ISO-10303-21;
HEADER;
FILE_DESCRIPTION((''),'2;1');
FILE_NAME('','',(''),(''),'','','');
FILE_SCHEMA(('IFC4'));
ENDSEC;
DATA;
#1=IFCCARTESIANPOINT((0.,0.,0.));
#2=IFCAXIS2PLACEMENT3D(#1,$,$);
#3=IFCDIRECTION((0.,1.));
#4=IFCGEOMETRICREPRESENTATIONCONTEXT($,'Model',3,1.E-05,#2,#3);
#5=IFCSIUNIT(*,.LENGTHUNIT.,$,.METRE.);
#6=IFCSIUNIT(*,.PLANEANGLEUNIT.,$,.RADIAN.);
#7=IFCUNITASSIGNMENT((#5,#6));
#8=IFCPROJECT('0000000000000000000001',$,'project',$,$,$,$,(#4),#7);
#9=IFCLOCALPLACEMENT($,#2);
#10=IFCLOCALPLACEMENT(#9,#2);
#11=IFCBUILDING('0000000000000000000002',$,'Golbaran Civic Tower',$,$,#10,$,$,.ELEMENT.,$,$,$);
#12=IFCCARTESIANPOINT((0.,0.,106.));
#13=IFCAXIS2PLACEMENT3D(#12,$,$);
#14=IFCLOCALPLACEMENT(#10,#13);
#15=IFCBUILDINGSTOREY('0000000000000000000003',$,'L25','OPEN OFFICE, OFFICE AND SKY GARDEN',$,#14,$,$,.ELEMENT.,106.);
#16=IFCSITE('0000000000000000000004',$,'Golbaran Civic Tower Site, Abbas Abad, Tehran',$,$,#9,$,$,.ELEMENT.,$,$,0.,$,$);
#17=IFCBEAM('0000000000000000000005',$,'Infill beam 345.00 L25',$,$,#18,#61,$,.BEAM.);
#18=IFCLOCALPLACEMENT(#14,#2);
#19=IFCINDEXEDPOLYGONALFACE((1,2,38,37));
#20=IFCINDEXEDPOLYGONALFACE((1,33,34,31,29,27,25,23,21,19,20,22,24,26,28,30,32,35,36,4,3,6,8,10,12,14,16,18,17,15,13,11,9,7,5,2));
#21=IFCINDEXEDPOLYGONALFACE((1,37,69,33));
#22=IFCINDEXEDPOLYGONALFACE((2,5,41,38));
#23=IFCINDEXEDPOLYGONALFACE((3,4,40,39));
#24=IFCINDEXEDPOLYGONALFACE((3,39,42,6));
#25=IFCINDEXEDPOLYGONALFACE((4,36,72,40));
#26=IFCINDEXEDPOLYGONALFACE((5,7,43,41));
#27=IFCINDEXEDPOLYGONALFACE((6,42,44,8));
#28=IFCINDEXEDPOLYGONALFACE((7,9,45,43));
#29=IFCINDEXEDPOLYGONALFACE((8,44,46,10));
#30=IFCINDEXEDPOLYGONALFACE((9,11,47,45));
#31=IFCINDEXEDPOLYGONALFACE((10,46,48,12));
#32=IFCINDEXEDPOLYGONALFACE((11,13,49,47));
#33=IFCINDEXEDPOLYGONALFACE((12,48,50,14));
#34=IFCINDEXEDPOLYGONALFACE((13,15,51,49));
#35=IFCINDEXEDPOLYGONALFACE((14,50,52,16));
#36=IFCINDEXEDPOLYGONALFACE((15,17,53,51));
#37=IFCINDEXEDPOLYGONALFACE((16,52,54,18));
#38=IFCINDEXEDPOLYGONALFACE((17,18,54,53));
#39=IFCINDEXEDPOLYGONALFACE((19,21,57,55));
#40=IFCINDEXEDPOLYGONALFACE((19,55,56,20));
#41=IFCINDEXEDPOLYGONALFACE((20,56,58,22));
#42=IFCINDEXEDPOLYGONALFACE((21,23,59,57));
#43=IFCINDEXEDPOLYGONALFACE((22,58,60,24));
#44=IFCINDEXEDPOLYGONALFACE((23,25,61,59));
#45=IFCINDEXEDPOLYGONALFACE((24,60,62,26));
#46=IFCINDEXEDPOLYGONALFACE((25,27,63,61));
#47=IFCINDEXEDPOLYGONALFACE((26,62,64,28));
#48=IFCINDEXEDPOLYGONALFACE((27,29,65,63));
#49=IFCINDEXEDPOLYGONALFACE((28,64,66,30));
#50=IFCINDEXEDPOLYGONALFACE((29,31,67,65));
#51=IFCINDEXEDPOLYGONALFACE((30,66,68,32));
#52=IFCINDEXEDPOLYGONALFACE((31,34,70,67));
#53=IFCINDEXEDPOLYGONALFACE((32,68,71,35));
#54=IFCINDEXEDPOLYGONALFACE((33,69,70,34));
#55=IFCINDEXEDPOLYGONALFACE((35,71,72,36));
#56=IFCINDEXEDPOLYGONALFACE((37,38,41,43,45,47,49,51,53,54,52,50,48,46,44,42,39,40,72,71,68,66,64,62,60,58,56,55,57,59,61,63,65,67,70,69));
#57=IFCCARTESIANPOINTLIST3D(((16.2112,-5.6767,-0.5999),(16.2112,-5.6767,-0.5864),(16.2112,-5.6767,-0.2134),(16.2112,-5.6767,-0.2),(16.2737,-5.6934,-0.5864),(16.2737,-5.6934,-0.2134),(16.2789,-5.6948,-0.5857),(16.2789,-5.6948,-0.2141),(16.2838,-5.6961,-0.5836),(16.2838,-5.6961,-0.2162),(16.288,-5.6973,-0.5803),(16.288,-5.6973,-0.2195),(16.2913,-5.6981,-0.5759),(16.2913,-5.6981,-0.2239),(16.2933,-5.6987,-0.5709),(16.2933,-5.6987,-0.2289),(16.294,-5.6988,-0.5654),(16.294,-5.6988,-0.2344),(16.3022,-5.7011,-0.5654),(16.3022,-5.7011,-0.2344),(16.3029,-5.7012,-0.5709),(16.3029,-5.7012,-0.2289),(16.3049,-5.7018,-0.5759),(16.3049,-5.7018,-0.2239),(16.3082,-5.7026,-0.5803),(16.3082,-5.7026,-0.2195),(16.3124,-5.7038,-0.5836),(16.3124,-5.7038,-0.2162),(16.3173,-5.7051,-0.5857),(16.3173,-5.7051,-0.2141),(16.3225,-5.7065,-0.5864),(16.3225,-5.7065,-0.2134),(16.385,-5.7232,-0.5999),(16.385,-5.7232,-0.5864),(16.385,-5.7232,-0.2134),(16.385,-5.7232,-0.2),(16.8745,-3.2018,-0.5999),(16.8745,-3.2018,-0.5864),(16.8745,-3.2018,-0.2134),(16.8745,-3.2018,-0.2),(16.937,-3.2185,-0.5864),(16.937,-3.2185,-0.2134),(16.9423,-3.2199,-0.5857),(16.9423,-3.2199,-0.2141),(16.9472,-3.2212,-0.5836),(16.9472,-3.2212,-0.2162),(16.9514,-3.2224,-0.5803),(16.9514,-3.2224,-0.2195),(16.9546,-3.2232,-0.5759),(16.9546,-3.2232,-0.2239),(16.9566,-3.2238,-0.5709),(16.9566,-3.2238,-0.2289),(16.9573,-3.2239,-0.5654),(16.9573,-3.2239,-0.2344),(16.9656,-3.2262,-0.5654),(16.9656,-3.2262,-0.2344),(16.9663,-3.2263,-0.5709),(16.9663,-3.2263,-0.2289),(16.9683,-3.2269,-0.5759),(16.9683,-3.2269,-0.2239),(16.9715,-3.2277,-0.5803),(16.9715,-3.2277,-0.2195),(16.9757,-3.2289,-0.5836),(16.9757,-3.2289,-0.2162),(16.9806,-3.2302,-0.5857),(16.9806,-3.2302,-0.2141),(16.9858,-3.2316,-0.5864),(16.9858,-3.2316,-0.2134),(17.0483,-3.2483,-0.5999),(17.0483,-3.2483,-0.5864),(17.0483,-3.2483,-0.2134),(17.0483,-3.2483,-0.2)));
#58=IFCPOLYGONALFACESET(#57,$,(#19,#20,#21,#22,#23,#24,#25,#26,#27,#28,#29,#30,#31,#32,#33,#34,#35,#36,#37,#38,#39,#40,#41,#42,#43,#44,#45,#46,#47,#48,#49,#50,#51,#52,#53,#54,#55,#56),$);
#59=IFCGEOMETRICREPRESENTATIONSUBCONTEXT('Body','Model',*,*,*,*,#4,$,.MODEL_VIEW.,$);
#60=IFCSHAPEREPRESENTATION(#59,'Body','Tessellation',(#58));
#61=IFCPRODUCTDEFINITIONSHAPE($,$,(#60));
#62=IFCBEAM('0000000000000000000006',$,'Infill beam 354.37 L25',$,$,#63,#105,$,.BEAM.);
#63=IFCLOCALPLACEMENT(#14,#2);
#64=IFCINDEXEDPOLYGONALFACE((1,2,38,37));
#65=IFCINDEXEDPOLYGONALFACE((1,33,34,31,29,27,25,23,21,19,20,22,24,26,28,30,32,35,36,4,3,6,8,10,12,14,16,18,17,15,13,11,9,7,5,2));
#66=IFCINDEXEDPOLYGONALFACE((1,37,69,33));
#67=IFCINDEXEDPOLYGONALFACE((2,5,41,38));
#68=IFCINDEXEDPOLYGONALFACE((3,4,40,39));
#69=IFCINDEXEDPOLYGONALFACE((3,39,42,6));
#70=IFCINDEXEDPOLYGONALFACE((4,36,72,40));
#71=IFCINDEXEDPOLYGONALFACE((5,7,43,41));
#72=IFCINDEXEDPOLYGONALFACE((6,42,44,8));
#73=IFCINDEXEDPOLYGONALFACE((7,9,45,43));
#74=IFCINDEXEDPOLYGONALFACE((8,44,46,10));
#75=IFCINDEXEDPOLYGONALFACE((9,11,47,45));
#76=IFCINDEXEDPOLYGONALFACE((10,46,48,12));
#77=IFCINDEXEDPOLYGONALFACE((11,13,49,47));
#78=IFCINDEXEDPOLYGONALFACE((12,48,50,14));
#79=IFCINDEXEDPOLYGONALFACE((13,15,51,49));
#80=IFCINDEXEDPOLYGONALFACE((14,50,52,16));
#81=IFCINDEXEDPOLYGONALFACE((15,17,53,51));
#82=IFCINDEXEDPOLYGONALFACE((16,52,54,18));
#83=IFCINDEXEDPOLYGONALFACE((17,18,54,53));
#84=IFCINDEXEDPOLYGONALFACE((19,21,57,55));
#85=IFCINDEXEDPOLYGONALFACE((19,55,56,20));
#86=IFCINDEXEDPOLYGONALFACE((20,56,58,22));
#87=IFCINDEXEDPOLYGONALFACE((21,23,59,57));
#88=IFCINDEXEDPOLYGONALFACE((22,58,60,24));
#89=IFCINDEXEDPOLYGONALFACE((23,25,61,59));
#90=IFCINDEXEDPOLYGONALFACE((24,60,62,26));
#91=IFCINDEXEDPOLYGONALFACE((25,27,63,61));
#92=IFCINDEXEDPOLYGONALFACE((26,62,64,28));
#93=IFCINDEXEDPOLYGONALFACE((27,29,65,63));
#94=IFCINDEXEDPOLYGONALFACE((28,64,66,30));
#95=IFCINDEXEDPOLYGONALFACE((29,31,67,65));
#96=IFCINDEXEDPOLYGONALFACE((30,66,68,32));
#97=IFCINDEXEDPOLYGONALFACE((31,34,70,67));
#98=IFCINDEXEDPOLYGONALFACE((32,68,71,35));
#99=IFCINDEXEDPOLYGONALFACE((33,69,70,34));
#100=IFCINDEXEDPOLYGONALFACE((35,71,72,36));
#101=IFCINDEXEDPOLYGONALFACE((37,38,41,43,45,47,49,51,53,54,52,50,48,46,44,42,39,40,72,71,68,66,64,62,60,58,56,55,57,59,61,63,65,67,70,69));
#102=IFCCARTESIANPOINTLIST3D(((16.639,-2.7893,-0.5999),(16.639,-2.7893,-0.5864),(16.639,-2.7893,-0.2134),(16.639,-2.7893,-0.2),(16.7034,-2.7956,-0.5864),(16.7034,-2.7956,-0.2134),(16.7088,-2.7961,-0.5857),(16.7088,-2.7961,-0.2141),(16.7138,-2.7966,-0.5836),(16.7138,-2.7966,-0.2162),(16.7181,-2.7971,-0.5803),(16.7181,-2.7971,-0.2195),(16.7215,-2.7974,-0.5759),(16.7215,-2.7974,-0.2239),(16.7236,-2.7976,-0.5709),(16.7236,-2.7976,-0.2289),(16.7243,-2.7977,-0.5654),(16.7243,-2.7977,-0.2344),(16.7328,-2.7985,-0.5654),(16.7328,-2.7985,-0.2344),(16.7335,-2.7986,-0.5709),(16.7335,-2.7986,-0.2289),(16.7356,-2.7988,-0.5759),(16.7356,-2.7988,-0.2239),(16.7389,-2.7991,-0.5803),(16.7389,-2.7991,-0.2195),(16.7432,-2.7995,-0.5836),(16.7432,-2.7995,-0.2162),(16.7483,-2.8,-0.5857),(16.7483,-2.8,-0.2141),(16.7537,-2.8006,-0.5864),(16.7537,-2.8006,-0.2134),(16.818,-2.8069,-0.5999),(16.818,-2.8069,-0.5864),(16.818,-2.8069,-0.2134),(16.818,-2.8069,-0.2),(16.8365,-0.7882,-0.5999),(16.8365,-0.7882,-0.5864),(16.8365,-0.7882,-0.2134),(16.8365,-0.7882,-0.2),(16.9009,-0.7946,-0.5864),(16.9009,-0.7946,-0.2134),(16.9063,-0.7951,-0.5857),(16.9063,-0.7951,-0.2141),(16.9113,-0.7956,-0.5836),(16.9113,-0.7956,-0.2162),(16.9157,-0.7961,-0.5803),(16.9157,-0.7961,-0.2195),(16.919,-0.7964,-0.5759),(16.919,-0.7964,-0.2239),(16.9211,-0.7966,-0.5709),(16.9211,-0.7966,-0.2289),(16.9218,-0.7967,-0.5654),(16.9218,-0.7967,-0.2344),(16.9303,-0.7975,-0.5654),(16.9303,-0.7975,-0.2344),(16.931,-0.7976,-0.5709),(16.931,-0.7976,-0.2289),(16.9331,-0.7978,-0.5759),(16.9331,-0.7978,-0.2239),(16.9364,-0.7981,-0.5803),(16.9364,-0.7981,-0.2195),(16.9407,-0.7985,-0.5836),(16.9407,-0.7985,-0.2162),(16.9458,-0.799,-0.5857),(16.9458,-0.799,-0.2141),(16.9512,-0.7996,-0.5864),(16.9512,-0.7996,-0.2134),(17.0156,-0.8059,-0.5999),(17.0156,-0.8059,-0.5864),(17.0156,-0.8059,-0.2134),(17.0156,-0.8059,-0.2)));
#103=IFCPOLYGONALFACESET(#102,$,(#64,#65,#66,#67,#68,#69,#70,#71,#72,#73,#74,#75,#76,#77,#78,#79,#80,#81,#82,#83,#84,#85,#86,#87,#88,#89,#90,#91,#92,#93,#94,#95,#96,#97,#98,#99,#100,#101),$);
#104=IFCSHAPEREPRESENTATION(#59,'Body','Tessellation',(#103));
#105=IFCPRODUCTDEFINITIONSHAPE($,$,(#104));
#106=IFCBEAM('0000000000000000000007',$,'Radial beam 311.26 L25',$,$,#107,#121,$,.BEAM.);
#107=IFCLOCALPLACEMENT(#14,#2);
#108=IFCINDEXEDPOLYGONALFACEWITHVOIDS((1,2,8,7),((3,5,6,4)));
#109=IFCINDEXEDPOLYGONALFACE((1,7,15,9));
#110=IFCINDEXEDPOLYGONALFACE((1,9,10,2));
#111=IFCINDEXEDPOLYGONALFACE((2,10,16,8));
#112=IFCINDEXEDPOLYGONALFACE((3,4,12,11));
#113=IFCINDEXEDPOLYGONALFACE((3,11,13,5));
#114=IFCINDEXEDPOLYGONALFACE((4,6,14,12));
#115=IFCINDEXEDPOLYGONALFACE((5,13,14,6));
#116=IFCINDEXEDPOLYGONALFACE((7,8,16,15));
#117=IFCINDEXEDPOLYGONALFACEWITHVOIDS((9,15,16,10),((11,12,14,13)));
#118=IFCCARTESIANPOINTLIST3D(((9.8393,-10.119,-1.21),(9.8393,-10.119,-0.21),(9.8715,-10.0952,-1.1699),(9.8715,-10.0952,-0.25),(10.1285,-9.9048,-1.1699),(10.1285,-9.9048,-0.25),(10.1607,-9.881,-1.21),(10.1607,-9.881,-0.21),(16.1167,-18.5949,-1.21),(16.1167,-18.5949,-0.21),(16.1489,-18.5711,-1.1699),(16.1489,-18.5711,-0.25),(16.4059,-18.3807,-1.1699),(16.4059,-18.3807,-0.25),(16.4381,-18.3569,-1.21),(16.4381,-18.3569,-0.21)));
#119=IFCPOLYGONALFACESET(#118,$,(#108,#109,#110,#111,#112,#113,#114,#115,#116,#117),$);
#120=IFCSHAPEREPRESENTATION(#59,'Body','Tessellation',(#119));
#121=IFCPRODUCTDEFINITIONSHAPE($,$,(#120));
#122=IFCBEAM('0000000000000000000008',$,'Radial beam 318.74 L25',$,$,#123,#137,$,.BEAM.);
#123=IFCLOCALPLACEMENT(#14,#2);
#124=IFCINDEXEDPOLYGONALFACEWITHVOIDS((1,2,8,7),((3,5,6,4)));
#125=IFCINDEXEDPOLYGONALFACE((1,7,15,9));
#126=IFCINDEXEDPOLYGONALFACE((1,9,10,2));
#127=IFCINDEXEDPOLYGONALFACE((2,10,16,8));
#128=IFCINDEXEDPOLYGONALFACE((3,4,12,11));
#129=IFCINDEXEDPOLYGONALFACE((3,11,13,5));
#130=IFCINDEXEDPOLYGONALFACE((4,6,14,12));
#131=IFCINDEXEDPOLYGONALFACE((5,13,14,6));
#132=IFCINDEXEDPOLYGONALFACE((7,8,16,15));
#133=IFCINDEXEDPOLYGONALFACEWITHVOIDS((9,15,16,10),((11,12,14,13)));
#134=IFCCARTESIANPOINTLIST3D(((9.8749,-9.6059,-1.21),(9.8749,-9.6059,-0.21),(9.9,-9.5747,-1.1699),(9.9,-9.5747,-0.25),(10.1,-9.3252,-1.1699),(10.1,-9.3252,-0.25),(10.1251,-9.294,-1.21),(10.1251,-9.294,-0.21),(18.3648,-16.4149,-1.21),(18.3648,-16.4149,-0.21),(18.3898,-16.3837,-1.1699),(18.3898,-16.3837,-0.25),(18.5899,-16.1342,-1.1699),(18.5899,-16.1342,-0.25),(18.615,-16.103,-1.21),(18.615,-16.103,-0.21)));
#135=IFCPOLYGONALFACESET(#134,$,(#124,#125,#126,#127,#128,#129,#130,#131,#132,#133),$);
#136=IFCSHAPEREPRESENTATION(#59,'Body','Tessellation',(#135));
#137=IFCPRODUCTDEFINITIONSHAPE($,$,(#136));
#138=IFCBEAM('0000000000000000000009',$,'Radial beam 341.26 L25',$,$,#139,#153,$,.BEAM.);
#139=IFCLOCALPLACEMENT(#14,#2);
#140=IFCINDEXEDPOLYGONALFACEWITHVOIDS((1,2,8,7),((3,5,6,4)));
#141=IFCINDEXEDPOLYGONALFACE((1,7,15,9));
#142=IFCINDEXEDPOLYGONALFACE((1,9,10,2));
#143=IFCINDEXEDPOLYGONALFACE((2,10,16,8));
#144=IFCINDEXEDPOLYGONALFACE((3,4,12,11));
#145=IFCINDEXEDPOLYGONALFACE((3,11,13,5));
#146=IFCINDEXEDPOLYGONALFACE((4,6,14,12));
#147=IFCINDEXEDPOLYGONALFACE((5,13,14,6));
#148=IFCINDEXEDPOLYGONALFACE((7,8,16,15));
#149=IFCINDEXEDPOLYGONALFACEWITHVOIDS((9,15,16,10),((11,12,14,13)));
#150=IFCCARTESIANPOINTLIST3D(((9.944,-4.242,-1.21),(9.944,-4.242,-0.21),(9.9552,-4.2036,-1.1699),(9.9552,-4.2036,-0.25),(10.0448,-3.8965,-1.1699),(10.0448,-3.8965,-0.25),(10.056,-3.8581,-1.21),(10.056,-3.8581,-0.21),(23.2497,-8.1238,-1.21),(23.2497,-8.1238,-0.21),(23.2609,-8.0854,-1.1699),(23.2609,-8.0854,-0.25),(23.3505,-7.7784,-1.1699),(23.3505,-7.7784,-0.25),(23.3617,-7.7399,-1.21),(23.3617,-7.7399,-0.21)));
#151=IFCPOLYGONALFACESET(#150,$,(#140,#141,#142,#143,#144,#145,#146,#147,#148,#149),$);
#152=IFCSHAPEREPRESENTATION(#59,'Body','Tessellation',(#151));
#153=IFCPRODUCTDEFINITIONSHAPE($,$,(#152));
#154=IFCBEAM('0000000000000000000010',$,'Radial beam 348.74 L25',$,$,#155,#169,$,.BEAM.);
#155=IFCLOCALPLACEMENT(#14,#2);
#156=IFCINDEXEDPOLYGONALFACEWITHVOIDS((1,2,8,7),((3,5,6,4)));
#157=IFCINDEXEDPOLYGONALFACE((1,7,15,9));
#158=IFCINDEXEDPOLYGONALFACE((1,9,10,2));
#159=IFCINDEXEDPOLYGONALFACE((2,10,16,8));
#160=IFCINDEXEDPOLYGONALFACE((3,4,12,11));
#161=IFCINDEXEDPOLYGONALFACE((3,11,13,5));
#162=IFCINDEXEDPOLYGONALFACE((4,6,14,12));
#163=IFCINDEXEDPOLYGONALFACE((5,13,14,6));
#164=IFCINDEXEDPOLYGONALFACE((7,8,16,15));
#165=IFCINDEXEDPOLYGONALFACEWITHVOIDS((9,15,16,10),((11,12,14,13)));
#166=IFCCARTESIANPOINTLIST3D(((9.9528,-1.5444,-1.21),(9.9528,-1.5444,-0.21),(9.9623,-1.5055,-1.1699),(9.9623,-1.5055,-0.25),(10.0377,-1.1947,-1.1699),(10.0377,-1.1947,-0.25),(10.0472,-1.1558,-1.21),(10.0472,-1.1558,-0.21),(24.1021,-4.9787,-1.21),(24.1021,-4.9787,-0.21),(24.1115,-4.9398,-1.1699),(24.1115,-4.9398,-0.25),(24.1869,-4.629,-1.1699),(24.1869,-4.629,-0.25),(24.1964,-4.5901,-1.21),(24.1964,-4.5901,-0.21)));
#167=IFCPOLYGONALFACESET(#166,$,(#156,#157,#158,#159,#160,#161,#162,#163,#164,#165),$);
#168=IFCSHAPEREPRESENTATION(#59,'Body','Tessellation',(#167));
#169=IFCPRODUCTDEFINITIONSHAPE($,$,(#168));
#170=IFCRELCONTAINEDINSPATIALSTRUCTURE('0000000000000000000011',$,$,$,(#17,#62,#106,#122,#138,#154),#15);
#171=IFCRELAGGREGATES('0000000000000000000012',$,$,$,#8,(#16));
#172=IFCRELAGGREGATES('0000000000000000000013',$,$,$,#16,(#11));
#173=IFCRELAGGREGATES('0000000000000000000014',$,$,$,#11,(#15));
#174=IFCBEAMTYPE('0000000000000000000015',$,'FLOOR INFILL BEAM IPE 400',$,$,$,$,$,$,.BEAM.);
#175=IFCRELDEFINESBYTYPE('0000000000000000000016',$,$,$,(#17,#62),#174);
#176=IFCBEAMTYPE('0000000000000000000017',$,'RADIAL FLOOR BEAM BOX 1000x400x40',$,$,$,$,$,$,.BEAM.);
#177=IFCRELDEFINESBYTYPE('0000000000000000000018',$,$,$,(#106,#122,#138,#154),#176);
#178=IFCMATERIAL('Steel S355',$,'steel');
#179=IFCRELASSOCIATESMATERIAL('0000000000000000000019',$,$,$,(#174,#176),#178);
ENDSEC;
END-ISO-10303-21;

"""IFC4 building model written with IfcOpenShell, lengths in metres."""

from ifc_helpers import new_model, si_unit, direction, frame, origin, origin_2d, place, context, subcontext, project, spatial, hollow_rectangle, i_section, extrude, material, material_profile, profile_set, type_object, element, save


model = new_model("IFC4")

# Units and contexts
model_context = context("Model", 3, precision=1e-05, world=origin(), true_north=direction((0.0, 1.0)))
body_context = subcontext(model_context, "Body", "Model", "MODEL_VIEW")
ifc_project = project(units=[si_unit("LENGTHUNIT", "METRE"), si_unit("PLANEANGLEUNIT", "RADIAN")], contexts=[model_context])

# Site, building, storey
site_placement = place(None, origin())
site = spatial("IfcSite", under=ifc_project, at=site_placement, Name="Golbaran Civic Tower Site, Abbas Abad, Tehran", CompositionType="ELEMENT", RefElevation=0.0)
building_placement = place(site_placement, origin())
building = spatial("IfcBuilding", under=site, at=building_placement, Name="Golbaran Civic Tower", CompositionType="ELEMENT")
storey_placement = place(building_placement, frame((0.0, 0.0, 106.0)))
storey = spatial("IfcBuildingStorey", under=building, at=storey_placement, Name="L25", Description="OPEN OFFICE, OFFICE AND SKY GARDEN", CompositionType="ELEMENT", Elevation=106.0)

# Beams
ifc_material_1 = material(Name="Steel S355", Category="steel")
ifc_material_profile_1 = material_profile(ifc_material_1, i_section(OverallWidth=0.1799, OverallDepth=0.3999, WebThickness=0.0085, FlangeThickness=0.0134, FilletRadius=0.021, at=origin_2d()), Name="IPE 400")
ifc_profile_set_1 = profile_set([ifc_material_profile_1], Name="Steel S355")
beam_type_1 = type_object("IfcBeamType", Name="FLOOR INFILL BEAM IPE 400", PredefinedType="BEAM", material=ifc_profile_set_1)
beam_1_placement = place(storey_placement, frame((16.2981, -5.7, -0.3999), z_axis=(0.25889, 0.965907, 0.0), x_axis=(-0.965907, 0.25889, 0.0)))
element("IfcBeam", 1, at=beam_1_placement, inside=storey, type_object=beam_type_1, Name="Infill beam 345.00 L25", PredefinedType="BEAM", context=body_context, shape_type="SweptSolid", body=[
    extrude(i_section(OverallWidth=0.1799, OverallDepth=0.3999, WebThickness=0.0085, FlangeThickness=0.0134, FilletRadius=0.021, at=origin_2d()), origin(), (0.0, 0.0, 1.0), 2.5623),
])
beam_2_placement = place(storey_placement, frame((16.7285, -2.7981, -0.3999), z_axis=(0.098229, 0.995164, 0.0), x_axis=(-0.995164, 0.098229, 0.0)))
element("IfcBeam", 2, at=beam_2_placement, inside=storey, type_object=beam_type_1, Name="Infill beam 354.37 L25", PredefinedType="BEAM", context=body_context, shape_type="SweptSolid", body=[
    extrude(i_section(OverallWidth=0.1799, OverallDepth=0.3999, WebThickness=0.0085, FlangeThickness=0.0134, FilletRadius=0.021, at=origin_2d()), origin(), (0.0, 0.0, 1.0), 2.0107),
])
ifc_material_profile_2 = material_profile(ifc_material_1, hollow_rectangle(XDim=0.3999, YDim=1.0, WallThickness=0.04, at=origin_2d()), Name="BOX 1000x400x40")
ifc_profile_set_2 = profile_set([ifc_material_profile_2], Name="Steel S355")
beam_type_2 = type_object("IfcBeamType", Name="RADIAL FLOOR BEAM BOX 1000x400x40", PredefinedType="BEAM", material=ifc_profile_set_2)
beam_3_placement = place(storey_placement, frame((10.0, -10.0, -0.71), z_axis=(0.595163, -0.803605, 0.0), x_axis=(0.803605, 0.595163, 0.0)))
element("IfcBeam", 3, at=beam_3_placement, inside=storey, type_object=beam_type_2, Name="Radial beam 311.26 L25", PredefinedType="BEAM", context=body_context, shape_type="SweptSolid", body=[
    extrude(hollow_rectangle(XDim=0.3999, YDim=1.0, WallThickness=0.04, at=origin_2d()), origin(), (0.0, 0.0, 1.0), 10.5474),
])
beam_4_placement = place(storey_placement, frame((10.0, -9.45, -0.71), z_axis=(0.780102, -0.625652, 0.0), x_axis=(0.625652, 0.780102, 0.0)))
element("IfcBeam", 4, at=beam_4_placement, inside=storey, type_object=beam_type_2, Name="Radial beam 318.74 L25", PredefinedType="BEAM", context=body_context, shape_type="SweptSolid", body=[
    extrude(hollow_rectangle(XDim=0.3999, YDim=1.0, WallThickness=0.04, at=origin_2d()), origin(), (0.0, 0.0, 1.0), 10.8831),
])
beam_5_placement = place(storey_placement, frame((10.0, -4.05, -0.71), z_axis=(0.95998, -0.280068, 0.0), x_axis=(0.280068, 0.95998, 0.0)))
element("IfcBeam", 5, at=beam_5_placement, inside=storey, type_object=beam_type_2, Name="Radial beam 341.26 L25", PredefinedType="BEAM", context=body_context, shape_type="SweptSolid", body=[
    extrude(hollow_rectangle(XDim=0.3999, YDim=1.0, WallThickness=0.04, at=origin_2d()), origin(), (0.0, 0.0, 1.0), 13.8604),
])
beam_6_placement = place(storey_placement, frame((10.0, -1.3501, -0.71), z_axis=(0.971784, -0.235874, 0.0), x_axis=(0.235874, 0.971784, 0.0)))
element("IfcBeam", 6, at=beam_6_placement, inside=storey, type_object=beam_type_2, Name="Radial beam 348.74 L25", PredefinedType="BEAM", context=body_context, shape_type="SweptSolid", body=[
    extrude(hollow_rectangle(XDim=0.3999, YDim=1.0, WallThickness=0.04, at=origin_2d()), origin(), (0.0, 0.0, 1.0), 14.5601),
])

save(model, "model.ifc")
